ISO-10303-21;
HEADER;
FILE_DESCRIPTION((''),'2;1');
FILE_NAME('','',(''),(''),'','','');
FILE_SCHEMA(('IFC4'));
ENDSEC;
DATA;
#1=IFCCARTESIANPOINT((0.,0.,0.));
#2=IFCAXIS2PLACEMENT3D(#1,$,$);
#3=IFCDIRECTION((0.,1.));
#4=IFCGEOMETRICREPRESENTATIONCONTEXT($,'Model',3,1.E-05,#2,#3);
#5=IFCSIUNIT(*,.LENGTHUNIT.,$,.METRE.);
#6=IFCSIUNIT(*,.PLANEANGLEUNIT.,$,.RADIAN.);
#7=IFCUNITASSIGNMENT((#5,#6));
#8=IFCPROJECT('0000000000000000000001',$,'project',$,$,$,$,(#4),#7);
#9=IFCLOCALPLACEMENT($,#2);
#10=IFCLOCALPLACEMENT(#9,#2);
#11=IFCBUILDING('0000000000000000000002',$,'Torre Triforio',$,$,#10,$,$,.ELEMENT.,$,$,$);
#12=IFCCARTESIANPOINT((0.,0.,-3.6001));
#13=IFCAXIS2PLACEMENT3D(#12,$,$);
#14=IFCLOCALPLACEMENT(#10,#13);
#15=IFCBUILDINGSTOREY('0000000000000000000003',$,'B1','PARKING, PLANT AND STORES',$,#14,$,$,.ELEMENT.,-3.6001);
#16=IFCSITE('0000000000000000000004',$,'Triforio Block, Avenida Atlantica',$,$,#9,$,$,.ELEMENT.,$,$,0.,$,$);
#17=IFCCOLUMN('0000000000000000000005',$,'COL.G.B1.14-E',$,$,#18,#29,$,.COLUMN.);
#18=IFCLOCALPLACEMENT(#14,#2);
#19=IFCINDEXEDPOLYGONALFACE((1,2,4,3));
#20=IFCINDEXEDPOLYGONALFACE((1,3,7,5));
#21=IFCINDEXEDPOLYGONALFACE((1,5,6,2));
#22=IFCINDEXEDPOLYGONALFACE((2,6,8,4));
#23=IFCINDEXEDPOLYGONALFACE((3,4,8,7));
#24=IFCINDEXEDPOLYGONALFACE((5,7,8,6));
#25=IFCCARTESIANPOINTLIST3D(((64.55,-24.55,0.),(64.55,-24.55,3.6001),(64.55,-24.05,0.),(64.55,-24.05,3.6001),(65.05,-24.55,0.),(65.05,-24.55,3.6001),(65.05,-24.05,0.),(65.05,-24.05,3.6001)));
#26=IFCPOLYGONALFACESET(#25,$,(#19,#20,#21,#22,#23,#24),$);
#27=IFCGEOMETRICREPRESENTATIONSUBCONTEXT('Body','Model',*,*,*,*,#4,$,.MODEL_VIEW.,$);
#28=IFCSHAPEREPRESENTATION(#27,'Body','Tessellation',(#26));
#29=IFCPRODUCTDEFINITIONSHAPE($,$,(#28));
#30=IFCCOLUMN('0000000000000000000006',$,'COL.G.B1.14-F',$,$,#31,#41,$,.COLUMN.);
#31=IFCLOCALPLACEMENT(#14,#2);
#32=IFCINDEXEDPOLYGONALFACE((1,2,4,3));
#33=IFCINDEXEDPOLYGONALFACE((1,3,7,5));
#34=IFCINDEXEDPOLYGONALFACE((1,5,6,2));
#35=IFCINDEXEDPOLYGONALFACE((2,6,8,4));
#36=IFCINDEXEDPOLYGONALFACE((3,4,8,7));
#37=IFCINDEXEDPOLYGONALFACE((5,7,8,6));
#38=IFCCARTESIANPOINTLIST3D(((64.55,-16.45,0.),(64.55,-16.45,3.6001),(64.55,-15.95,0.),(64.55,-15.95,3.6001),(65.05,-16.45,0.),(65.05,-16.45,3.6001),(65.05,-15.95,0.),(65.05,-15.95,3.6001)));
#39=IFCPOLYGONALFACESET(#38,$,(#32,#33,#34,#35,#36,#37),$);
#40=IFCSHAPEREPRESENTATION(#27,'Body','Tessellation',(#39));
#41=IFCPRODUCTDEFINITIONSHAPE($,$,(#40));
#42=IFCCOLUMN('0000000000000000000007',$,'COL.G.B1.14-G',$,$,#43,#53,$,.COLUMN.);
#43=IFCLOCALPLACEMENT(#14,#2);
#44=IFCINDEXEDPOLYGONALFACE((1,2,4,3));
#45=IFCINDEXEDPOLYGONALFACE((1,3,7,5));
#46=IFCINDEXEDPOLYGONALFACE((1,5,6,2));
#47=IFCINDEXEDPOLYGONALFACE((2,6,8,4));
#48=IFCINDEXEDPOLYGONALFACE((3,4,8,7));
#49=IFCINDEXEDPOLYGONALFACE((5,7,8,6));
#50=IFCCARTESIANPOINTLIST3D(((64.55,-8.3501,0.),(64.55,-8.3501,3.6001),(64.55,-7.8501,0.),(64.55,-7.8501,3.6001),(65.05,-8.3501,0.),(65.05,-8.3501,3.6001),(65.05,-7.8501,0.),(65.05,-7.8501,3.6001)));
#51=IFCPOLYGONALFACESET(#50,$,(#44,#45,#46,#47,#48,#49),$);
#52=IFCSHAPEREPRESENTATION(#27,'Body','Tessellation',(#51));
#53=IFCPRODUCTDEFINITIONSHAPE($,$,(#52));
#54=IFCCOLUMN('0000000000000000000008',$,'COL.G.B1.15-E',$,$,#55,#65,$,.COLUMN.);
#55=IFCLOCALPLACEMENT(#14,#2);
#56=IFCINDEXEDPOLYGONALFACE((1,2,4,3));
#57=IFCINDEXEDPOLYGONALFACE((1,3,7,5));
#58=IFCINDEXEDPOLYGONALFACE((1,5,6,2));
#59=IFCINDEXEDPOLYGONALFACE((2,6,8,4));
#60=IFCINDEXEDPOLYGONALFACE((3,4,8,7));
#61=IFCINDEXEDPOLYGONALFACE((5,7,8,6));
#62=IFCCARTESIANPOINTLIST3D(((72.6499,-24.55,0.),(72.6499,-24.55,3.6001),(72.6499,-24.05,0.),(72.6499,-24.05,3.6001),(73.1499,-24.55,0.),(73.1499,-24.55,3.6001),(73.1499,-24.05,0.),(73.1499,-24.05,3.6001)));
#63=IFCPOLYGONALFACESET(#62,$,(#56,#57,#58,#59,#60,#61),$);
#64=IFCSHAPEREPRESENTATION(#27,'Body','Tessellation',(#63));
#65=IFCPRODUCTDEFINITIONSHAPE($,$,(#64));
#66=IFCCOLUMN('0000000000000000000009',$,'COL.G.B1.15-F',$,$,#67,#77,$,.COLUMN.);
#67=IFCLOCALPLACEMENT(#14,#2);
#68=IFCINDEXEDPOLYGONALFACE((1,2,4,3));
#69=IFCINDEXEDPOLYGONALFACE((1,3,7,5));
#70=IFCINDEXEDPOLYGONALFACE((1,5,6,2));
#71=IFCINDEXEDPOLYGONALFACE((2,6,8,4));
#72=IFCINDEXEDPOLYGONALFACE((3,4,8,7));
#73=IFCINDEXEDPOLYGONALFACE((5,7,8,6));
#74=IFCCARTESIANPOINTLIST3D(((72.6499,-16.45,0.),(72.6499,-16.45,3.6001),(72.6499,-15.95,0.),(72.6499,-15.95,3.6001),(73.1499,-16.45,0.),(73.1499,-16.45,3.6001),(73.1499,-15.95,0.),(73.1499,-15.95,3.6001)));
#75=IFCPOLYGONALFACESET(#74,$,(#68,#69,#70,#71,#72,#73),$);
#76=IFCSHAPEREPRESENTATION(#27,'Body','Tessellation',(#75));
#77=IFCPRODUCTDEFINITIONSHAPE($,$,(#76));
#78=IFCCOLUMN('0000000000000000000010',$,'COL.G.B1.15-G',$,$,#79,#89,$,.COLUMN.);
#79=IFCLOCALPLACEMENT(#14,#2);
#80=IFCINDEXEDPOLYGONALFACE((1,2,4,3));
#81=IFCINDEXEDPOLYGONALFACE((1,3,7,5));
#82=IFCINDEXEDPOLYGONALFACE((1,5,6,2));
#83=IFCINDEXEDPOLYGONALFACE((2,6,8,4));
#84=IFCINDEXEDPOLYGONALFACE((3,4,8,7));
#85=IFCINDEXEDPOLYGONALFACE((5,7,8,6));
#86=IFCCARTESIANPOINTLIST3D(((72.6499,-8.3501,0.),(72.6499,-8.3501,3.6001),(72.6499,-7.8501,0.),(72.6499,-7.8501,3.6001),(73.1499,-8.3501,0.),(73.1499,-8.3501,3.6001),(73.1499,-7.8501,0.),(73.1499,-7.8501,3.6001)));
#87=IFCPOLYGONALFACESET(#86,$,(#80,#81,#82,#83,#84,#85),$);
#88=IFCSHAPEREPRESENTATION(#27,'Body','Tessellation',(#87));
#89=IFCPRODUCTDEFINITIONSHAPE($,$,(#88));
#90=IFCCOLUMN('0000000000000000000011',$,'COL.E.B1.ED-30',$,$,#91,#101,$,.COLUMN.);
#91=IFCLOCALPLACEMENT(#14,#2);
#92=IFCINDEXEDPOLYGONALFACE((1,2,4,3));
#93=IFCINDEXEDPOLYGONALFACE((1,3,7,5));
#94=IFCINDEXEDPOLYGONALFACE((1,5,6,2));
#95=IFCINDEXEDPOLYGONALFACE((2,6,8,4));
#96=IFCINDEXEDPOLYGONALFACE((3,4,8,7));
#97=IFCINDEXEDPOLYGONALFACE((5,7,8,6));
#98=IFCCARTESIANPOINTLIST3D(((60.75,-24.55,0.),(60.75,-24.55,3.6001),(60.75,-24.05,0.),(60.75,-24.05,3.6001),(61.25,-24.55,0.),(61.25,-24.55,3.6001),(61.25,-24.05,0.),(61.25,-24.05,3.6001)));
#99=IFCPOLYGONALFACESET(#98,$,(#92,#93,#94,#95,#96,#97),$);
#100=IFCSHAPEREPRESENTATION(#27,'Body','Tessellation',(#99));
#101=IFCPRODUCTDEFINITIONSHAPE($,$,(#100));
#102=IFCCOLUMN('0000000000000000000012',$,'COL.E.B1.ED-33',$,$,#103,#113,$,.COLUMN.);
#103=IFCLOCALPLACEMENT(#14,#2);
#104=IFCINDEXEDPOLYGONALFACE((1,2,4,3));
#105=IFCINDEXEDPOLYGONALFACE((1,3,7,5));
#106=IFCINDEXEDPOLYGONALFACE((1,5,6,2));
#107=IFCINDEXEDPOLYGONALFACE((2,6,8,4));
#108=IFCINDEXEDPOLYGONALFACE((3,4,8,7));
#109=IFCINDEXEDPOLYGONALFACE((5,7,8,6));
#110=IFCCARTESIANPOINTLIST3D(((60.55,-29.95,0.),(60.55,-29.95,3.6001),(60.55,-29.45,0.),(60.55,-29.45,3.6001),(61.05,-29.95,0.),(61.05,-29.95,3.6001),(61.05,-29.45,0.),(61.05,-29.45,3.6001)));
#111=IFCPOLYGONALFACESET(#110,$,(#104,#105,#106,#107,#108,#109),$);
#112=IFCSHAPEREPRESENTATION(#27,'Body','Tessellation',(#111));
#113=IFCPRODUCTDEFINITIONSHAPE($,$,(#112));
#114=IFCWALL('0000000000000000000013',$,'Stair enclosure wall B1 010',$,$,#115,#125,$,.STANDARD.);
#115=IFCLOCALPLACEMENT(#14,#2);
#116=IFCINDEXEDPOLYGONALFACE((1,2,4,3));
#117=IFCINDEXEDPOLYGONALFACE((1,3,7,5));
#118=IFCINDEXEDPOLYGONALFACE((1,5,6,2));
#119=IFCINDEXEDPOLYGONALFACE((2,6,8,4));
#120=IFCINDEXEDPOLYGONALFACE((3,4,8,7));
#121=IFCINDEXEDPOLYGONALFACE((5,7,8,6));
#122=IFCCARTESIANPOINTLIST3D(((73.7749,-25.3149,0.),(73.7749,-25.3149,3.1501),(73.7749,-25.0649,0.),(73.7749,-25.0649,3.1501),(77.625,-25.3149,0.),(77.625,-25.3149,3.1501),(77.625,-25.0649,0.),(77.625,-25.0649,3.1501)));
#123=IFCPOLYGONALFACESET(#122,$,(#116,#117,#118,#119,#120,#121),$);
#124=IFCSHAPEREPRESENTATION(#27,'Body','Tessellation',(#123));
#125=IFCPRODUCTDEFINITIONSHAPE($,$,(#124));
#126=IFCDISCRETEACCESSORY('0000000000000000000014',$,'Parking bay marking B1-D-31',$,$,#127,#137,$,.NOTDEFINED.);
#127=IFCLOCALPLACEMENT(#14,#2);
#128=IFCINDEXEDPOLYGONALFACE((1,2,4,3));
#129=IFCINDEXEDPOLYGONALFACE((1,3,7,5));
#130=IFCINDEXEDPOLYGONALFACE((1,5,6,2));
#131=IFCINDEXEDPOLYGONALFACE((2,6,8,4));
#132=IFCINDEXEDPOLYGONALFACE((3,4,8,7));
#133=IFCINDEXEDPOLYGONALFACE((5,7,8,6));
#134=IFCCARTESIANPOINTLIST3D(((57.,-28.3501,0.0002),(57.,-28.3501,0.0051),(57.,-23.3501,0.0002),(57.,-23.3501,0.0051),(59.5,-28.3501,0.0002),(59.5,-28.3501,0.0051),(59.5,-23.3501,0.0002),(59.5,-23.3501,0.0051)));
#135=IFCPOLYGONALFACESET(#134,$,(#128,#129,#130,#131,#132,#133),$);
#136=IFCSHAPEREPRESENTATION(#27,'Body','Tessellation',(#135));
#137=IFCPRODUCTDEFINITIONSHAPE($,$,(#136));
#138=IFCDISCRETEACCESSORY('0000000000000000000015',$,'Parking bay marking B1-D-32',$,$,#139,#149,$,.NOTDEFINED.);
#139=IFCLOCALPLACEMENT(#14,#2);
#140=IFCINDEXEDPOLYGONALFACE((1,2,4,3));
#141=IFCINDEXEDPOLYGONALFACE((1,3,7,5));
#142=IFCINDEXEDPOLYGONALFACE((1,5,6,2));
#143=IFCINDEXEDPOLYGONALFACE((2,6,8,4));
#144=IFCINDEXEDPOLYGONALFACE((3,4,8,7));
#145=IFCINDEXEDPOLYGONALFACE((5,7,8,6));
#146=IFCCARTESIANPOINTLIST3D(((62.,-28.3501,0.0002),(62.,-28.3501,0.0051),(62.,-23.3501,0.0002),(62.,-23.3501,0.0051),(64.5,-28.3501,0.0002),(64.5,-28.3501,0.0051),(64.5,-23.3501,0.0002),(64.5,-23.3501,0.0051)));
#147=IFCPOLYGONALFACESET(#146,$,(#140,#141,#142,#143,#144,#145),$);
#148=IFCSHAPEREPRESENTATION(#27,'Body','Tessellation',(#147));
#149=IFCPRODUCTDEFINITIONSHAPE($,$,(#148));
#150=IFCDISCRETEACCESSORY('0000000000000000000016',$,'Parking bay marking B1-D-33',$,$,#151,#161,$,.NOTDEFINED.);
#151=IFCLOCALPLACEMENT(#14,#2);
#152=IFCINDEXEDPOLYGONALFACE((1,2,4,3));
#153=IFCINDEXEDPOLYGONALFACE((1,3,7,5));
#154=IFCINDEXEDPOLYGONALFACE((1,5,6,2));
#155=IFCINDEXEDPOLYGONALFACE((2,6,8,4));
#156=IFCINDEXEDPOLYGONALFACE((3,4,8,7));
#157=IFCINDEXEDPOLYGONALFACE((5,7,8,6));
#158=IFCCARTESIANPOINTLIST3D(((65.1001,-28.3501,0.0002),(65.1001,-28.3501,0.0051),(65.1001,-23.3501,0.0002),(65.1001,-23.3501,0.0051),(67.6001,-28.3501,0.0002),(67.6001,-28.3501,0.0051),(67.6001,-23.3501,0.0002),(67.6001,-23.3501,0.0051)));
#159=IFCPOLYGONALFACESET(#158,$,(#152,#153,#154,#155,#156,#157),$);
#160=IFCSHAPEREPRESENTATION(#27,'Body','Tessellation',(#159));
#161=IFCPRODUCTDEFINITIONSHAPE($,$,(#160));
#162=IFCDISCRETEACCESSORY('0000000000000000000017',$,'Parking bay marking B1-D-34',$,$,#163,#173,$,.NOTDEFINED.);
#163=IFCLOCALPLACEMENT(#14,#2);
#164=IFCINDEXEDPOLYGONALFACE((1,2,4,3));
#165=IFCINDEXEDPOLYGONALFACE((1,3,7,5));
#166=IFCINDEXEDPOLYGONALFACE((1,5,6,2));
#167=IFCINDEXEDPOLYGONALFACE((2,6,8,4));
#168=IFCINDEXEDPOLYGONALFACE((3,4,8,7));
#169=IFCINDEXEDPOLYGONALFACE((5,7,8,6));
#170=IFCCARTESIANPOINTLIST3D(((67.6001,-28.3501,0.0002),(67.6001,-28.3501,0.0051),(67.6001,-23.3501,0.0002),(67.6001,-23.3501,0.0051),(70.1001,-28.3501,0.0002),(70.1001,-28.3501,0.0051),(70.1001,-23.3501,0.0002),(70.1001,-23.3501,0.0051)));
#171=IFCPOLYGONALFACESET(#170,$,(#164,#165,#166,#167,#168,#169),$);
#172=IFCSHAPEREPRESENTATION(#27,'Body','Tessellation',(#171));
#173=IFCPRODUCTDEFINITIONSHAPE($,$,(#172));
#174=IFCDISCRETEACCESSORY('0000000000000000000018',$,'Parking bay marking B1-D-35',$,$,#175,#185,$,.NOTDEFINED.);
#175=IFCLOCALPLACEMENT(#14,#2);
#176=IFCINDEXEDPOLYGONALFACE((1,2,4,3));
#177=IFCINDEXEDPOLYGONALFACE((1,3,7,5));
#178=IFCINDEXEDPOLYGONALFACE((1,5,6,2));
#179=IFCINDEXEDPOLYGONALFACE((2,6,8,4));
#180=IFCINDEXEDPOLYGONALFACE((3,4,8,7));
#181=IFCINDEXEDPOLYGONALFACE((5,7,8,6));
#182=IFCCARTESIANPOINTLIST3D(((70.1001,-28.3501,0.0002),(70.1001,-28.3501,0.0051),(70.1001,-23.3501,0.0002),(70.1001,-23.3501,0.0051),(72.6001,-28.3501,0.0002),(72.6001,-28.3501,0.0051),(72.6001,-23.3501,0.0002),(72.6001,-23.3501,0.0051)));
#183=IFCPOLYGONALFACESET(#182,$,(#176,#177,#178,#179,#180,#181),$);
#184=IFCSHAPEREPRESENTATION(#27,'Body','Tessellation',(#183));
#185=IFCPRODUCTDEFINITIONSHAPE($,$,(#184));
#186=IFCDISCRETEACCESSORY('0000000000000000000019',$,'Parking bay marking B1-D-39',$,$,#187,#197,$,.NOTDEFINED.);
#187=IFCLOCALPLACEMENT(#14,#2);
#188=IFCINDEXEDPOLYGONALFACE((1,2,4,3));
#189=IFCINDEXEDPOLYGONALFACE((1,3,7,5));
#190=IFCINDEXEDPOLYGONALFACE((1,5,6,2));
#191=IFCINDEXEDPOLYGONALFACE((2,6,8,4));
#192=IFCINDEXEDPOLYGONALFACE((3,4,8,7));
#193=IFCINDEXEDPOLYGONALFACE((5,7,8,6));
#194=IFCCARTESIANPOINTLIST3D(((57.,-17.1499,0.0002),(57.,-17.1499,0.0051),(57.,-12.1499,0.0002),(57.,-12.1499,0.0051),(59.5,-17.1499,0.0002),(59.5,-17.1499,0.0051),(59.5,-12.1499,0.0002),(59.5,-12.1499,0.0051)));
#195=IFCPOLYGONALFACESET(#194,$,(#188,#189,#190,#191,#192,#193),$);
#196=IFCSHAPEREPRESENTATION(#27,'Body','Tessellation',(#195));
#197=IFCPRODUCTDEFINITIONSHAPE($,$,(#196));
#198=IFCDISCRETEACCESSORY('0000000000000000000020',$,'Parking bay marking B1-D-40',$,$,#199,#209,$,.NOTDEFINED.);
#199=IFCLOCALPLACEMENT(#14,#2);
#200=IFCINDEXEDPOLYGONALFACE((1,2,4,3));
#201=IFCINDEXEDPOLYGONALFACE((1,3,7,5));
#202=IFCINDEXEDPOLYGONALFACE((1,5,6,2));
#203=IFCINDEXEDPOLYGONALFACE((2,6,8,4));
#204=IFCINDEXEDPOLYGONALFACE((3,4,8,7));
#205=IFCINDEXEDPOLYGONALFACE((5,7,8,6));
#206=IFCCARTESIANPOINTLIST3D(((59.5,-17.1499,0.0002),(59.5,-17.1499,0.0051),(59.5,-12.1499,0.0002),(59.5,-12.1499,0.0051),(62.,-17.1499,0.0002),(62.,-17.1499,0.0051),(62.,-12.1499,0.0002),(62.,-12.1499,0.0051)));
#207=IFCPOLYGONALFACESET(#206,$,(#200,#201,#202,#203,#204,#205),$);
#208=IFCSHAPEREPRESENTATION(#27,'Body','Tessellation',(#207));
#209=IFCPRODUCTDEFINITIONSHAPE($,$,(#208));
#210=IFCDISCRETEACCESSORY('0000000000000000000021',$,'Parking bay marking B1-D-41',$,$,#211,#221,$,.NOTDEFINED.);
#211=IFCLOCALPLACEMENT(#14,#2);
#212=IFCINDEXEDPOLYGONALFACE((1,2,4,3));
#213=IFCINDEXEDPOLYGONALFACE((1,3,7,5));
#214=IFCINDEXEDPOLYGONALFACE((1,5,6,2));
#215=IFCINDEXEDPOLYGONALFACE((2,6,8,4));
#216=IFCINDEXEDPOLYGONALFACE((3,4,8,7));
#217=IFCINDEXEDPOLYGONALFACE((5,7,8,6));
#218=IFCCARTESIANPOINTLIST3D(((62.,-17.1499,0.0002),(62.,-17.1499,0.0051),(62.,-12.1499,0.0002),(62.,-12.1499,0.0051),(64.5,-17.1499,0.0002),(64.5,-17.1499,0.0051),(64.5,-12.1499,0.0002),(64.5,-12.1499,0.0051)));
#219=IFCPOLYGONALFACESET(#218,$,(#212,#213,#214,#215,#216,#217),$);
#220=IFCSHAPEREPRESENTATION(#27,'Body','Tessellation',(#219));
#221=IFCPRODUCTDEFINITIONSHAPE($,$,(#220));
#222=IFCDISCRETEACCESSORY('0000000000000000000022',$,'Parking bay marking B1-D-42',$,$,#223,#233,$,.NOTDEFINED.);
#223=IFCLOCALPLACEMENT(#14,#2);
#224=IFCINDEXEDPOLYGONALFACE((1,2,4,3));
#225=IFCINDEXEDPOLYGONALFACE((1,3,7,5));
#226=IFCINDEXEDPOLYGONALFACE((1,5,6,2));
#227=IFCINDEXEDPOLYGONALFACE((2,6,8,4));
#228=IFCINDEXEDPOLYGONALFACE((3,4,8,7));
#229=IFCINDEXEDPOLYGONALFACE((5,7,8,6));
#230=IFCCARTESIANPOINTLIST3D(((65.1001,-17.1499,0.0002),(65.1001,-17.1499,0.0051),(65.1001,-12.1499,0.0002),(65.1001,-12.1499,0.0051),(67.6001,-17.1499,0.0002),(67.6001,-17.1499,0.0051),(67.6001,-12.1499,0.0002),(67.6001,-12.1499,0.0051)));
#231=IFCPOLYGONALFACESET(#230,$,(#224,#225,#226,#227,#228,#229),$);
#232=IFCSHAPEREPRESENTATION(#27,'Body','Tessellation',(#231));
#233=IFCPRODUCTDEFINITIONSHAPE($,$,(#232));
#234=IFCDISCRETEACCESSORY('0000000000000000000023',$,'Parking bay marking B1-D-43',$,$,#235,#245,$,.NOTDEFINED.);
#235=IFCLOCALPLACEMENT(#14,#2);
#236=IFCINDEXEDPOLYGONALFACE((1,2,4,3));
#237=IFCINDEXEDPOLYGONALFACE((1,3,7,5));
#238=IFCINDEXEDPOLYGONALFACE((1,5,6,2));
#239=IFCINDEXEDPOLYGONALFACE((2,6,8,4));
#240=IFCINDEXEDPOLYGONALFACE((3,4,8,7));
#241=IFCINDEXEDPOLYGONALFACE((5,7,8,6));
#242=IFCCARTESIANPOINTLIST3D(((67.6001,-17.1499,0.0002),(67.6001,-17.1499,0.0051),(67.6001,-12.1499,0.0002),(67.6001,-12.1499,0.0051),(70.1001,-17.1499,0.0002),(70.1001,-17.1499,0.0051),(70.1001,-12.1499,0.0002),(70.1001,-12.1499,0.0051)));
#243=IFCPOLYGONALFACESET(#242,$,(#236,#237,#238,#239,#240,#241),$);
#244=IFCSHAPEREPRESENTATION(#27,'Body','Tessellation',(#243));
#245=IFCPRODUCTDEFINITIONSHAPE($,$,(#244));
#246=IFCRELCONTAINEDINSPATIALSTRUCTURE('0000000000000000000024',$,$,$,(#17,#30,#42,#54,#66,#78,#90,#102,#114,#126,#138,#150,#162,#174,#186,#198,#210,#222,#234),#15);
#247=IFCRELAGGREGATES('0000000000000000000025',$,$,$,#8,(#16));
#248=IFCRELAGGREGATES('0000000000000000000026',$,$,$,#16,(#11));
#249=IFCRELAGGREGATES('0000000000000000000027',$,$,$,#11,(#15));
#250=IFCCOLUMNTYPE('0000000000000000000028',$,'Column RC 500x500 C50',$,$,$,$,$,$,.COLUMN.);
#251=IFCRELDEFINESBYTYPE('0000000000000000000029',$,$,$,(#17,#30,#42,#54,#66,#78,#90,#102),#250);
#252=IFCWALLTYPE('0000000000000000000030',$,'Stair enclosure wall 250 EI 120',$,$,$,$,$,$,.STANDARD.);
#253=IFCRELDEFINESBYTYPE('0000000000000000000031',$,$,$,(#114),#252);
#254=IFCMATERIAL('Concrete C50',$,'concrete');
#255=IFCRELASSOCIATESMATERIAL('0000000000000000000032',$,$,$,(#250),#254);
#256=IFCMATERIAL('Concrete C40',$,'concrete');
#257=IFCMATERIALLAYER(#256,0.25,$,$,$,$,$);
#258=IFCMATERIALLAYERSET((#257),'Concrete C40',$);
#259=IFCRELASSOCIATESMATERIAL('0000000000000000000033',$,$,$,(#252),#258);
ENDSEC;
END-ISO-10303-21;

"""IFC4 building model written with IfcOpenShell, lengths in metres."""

from ifc_helpers import new_model, si_unit, direction, frame, frame_2d, origin, origin_2d, place, context, subcontext, project, spatial, rectangle, extrude, material, layer, layer_set, material_profile, profile_set, type_object, element, save


model = new_model("IFC4")

# Units and contexts
model_context = context("Model", 3, precision=1e-05, world=origin(), true_north=direction((0.0, 1.0)))
body_context = subcontext(model_context, "Body", "Model", "MODEL_VIEW")
ifc_project = project(units=[si_unit("LENGTHUNIT", "METRE"), si_unit("PLANEANGLEUNIT", "RADIAN")], contexts=[model_context])

# Site, building, storey
site_placement = place(None, origin())
site = spatial("IfcSite", under=ifc_project, at=site_placement, Name="Triforio Block, Avenida Atlantica", CompositionType="ELEMENT", RefElevation=0.0)
building_placement = place(site_placement, origin())
building = spatial("IfcBuilding", under=site, at=building_placement, Name="Torre Triforio", CompositionType="ELEMENT")
storey_placement = place(building_placement, frame((0.0, 0.0, -3.6001)))
storey = spatial("IfcBuildingStorey", under=building, at=storey_placement, Name="B1", Description="PARKING, PLANT AND STORES", CompositionType="ELEMENT", Elevation=-3.6001)

# Columns
ifc_material_1 = material(Name="Concrete C50", Category="concrete")
ifc_material_profile = material_profile(ifc_material_1, rectangle(XDim=0.5, YDim=0.5, at=origin_2d()), Name="RC 500x500")
ifc_profile_set = profile_set([ifc_material_profile], Name="Concrete C50")
column_type = type_object("IfcColumnType", Name="Column RC 500x500 C50", PredefinedType="COLUMN", material=ifc_profile_set)
for number, where, z_axis, x_axis, name in (
    (1, (64.8, -24.3, 0.0), (0.0, 0.0, 1.0), (1.0, 0.0, 0.0), "COL.G.B1.14-E"),
    (2, (64.8, -16.2, 0.0), (0.0, 0.0, 1.0), (1.0, 0.0, 0.0), "COL.G.B1.14-F"),
    (3, (64.8, -8.1001, 0.0), (0.0, 0.0, 1.0), (1.0, 0.0, 0.0), "COL.G.B1.14-G"),
    (4, (72.8999, -24.3, 0.0), (0.0, 0.0, 1.0), (1.0, 0.0, 0.0), "COL.G.B1.15-E"),
    (5, (72.8999, -16.2, 0.0), (0.0, 0.0, 1.0), (1.0, 0.0, 0.0), "COL.G.B1.15-F"),
    (6, (72.8999, -8.1001, 0.0), (0.0, 0.0, 1.0), (1.0, 0.0, 0.0), "COL.G.B1.15-G"),
    (7, (61.0, -24.3, 0.0), (0.0, 0.0, 1.0), (1.0, 0.0, 0.0), "COL.E.B1.ED-30"),
    (8, (60.8, -29.7, 0.0), (0.0, 0.0, 1.0), (1.0, 0.0, 0.0), "COL.E.B1.ED-33"),
):
    element("IfcColumn", number, at=place(storey_placement, frame(where, z_axis=z_axis, x_axis=x_axis)), inside=storey, type_object=column_type, Name=name, PredefinedType="COLUMN", context=body_context, shape_type="SweptSolid", body=[
        extrude(rectangle(XDim=0.5, YDim=0.5, at=origin_2d()), origin(), (0.0, 0.0, 1.0), 3.6001),
    ])

# Wall
ifc_material_2 = material(Name="Concrete C40", Category="concrete")
ifc_layer = layer(ifc_material_2, 0.25)
ifc_layer_set = layer_set([ifc_layer], Name="Concrete C40")
wall_type = type_object("IfcWallType", Name="Stair enclosure wall 250 EI 120", PredefinedType="STANDARD", material=ifc_layer_set)
wall_placement = place(storey_placement, frame((73.7749, -25.1899, 0.0), z_axis=(0.0, 0.0, 1.0), x_axis=(1.0, 0.0, 0.0)))
element("IfcWall", 9, at=wall_placement, inside=storey, type_object=wall_type, Name="Stair enclosure wall B1 010", PredefinedType="STANDARD", context=body_context, shape_type="SweptSolid", body=[
    extrude(rectangle(XDim=3.8501, YDim=0.25, at=frame_2d((1.925, 0.0))), origin(), (0.0, 0.0, 1.0), 3.1501),
])

# Discrete accessories
for number, where, z_axis, x_axis, name in (
    (10, (58.25, -25.8501, 0.0002), (0.0, 0.0, 1.0), (1.0, 0.0, 0.0), "Parking bay marking B1-D-31"),
    (11, (63.25, -25.8501, 0.0002), (0.0, 0.0, 1.0), (1.0, 0.0, 0.0), "Parking bay marking B1-D-32"),
    (12, (66.3501, -25.8501, 0.0002), (0.0, 0.0, 1.0), (1.0, 0.0, 0.0), "Parking bay marking B1-D-33"),
    (13, (68.8501, -25.8501, 0.0002), (0.0, 0.0, 1.0), (1.0, 0.0, 0.0), "Parking bay marking B1-D-34"),
    (14, (71.3501, -25.8501, 0.0002), (0.0, 0.0, 1.0), (1.0, 0.0, 0.0), "Parking bay marking B1-D-35"),
    (15, (58.25, -14.6499, 0.0002), (0.0, 0.0, 1.0), (1.0, 0.0, 0.0), "Parking bay marking B1-D-39"),
    (16, (60.75, -14.6499, 0.0002), (0.0, 0.0, 1.0), (1.0, 0.0, 0.0), "Parking bay marking B1-D-40"),
    (17, (63.25, -14.6499, 0.0002), (0.0, 0.0, 1.0), (1.0, 0.0, 0.0), "Parking bay marking B1-D-41"),
    (18, (66.3501, -14.6499, 0.0002), (0.0, 0.0, 1.0), (1.0, 0.0, 0.0), "Parking bay marking B1-D-42"),
    (19, (68.8501, -14.6499, 0.0002), (0.0, 0.0, 1.0), (1.0, 0.0, 0.0), "Parking bay marking B1-D-43"),
):
    element("IfcDiscreteAccessory", number, at=place(storey_placement, frame(where, z_axis=z_axis, x_axis=x_axis)), inside=storey, Name=name, PredefinedType="NOTDEFINED", context=body_context, shape_type="SweptSolid", body=[
        extrude(rectangle(XDim=2.5, YDim=5.0, at=origin_2d()), origin(), (0.0, 0.0, 1.0), 0.0049),
    ])

save(model, "model.ifc")
